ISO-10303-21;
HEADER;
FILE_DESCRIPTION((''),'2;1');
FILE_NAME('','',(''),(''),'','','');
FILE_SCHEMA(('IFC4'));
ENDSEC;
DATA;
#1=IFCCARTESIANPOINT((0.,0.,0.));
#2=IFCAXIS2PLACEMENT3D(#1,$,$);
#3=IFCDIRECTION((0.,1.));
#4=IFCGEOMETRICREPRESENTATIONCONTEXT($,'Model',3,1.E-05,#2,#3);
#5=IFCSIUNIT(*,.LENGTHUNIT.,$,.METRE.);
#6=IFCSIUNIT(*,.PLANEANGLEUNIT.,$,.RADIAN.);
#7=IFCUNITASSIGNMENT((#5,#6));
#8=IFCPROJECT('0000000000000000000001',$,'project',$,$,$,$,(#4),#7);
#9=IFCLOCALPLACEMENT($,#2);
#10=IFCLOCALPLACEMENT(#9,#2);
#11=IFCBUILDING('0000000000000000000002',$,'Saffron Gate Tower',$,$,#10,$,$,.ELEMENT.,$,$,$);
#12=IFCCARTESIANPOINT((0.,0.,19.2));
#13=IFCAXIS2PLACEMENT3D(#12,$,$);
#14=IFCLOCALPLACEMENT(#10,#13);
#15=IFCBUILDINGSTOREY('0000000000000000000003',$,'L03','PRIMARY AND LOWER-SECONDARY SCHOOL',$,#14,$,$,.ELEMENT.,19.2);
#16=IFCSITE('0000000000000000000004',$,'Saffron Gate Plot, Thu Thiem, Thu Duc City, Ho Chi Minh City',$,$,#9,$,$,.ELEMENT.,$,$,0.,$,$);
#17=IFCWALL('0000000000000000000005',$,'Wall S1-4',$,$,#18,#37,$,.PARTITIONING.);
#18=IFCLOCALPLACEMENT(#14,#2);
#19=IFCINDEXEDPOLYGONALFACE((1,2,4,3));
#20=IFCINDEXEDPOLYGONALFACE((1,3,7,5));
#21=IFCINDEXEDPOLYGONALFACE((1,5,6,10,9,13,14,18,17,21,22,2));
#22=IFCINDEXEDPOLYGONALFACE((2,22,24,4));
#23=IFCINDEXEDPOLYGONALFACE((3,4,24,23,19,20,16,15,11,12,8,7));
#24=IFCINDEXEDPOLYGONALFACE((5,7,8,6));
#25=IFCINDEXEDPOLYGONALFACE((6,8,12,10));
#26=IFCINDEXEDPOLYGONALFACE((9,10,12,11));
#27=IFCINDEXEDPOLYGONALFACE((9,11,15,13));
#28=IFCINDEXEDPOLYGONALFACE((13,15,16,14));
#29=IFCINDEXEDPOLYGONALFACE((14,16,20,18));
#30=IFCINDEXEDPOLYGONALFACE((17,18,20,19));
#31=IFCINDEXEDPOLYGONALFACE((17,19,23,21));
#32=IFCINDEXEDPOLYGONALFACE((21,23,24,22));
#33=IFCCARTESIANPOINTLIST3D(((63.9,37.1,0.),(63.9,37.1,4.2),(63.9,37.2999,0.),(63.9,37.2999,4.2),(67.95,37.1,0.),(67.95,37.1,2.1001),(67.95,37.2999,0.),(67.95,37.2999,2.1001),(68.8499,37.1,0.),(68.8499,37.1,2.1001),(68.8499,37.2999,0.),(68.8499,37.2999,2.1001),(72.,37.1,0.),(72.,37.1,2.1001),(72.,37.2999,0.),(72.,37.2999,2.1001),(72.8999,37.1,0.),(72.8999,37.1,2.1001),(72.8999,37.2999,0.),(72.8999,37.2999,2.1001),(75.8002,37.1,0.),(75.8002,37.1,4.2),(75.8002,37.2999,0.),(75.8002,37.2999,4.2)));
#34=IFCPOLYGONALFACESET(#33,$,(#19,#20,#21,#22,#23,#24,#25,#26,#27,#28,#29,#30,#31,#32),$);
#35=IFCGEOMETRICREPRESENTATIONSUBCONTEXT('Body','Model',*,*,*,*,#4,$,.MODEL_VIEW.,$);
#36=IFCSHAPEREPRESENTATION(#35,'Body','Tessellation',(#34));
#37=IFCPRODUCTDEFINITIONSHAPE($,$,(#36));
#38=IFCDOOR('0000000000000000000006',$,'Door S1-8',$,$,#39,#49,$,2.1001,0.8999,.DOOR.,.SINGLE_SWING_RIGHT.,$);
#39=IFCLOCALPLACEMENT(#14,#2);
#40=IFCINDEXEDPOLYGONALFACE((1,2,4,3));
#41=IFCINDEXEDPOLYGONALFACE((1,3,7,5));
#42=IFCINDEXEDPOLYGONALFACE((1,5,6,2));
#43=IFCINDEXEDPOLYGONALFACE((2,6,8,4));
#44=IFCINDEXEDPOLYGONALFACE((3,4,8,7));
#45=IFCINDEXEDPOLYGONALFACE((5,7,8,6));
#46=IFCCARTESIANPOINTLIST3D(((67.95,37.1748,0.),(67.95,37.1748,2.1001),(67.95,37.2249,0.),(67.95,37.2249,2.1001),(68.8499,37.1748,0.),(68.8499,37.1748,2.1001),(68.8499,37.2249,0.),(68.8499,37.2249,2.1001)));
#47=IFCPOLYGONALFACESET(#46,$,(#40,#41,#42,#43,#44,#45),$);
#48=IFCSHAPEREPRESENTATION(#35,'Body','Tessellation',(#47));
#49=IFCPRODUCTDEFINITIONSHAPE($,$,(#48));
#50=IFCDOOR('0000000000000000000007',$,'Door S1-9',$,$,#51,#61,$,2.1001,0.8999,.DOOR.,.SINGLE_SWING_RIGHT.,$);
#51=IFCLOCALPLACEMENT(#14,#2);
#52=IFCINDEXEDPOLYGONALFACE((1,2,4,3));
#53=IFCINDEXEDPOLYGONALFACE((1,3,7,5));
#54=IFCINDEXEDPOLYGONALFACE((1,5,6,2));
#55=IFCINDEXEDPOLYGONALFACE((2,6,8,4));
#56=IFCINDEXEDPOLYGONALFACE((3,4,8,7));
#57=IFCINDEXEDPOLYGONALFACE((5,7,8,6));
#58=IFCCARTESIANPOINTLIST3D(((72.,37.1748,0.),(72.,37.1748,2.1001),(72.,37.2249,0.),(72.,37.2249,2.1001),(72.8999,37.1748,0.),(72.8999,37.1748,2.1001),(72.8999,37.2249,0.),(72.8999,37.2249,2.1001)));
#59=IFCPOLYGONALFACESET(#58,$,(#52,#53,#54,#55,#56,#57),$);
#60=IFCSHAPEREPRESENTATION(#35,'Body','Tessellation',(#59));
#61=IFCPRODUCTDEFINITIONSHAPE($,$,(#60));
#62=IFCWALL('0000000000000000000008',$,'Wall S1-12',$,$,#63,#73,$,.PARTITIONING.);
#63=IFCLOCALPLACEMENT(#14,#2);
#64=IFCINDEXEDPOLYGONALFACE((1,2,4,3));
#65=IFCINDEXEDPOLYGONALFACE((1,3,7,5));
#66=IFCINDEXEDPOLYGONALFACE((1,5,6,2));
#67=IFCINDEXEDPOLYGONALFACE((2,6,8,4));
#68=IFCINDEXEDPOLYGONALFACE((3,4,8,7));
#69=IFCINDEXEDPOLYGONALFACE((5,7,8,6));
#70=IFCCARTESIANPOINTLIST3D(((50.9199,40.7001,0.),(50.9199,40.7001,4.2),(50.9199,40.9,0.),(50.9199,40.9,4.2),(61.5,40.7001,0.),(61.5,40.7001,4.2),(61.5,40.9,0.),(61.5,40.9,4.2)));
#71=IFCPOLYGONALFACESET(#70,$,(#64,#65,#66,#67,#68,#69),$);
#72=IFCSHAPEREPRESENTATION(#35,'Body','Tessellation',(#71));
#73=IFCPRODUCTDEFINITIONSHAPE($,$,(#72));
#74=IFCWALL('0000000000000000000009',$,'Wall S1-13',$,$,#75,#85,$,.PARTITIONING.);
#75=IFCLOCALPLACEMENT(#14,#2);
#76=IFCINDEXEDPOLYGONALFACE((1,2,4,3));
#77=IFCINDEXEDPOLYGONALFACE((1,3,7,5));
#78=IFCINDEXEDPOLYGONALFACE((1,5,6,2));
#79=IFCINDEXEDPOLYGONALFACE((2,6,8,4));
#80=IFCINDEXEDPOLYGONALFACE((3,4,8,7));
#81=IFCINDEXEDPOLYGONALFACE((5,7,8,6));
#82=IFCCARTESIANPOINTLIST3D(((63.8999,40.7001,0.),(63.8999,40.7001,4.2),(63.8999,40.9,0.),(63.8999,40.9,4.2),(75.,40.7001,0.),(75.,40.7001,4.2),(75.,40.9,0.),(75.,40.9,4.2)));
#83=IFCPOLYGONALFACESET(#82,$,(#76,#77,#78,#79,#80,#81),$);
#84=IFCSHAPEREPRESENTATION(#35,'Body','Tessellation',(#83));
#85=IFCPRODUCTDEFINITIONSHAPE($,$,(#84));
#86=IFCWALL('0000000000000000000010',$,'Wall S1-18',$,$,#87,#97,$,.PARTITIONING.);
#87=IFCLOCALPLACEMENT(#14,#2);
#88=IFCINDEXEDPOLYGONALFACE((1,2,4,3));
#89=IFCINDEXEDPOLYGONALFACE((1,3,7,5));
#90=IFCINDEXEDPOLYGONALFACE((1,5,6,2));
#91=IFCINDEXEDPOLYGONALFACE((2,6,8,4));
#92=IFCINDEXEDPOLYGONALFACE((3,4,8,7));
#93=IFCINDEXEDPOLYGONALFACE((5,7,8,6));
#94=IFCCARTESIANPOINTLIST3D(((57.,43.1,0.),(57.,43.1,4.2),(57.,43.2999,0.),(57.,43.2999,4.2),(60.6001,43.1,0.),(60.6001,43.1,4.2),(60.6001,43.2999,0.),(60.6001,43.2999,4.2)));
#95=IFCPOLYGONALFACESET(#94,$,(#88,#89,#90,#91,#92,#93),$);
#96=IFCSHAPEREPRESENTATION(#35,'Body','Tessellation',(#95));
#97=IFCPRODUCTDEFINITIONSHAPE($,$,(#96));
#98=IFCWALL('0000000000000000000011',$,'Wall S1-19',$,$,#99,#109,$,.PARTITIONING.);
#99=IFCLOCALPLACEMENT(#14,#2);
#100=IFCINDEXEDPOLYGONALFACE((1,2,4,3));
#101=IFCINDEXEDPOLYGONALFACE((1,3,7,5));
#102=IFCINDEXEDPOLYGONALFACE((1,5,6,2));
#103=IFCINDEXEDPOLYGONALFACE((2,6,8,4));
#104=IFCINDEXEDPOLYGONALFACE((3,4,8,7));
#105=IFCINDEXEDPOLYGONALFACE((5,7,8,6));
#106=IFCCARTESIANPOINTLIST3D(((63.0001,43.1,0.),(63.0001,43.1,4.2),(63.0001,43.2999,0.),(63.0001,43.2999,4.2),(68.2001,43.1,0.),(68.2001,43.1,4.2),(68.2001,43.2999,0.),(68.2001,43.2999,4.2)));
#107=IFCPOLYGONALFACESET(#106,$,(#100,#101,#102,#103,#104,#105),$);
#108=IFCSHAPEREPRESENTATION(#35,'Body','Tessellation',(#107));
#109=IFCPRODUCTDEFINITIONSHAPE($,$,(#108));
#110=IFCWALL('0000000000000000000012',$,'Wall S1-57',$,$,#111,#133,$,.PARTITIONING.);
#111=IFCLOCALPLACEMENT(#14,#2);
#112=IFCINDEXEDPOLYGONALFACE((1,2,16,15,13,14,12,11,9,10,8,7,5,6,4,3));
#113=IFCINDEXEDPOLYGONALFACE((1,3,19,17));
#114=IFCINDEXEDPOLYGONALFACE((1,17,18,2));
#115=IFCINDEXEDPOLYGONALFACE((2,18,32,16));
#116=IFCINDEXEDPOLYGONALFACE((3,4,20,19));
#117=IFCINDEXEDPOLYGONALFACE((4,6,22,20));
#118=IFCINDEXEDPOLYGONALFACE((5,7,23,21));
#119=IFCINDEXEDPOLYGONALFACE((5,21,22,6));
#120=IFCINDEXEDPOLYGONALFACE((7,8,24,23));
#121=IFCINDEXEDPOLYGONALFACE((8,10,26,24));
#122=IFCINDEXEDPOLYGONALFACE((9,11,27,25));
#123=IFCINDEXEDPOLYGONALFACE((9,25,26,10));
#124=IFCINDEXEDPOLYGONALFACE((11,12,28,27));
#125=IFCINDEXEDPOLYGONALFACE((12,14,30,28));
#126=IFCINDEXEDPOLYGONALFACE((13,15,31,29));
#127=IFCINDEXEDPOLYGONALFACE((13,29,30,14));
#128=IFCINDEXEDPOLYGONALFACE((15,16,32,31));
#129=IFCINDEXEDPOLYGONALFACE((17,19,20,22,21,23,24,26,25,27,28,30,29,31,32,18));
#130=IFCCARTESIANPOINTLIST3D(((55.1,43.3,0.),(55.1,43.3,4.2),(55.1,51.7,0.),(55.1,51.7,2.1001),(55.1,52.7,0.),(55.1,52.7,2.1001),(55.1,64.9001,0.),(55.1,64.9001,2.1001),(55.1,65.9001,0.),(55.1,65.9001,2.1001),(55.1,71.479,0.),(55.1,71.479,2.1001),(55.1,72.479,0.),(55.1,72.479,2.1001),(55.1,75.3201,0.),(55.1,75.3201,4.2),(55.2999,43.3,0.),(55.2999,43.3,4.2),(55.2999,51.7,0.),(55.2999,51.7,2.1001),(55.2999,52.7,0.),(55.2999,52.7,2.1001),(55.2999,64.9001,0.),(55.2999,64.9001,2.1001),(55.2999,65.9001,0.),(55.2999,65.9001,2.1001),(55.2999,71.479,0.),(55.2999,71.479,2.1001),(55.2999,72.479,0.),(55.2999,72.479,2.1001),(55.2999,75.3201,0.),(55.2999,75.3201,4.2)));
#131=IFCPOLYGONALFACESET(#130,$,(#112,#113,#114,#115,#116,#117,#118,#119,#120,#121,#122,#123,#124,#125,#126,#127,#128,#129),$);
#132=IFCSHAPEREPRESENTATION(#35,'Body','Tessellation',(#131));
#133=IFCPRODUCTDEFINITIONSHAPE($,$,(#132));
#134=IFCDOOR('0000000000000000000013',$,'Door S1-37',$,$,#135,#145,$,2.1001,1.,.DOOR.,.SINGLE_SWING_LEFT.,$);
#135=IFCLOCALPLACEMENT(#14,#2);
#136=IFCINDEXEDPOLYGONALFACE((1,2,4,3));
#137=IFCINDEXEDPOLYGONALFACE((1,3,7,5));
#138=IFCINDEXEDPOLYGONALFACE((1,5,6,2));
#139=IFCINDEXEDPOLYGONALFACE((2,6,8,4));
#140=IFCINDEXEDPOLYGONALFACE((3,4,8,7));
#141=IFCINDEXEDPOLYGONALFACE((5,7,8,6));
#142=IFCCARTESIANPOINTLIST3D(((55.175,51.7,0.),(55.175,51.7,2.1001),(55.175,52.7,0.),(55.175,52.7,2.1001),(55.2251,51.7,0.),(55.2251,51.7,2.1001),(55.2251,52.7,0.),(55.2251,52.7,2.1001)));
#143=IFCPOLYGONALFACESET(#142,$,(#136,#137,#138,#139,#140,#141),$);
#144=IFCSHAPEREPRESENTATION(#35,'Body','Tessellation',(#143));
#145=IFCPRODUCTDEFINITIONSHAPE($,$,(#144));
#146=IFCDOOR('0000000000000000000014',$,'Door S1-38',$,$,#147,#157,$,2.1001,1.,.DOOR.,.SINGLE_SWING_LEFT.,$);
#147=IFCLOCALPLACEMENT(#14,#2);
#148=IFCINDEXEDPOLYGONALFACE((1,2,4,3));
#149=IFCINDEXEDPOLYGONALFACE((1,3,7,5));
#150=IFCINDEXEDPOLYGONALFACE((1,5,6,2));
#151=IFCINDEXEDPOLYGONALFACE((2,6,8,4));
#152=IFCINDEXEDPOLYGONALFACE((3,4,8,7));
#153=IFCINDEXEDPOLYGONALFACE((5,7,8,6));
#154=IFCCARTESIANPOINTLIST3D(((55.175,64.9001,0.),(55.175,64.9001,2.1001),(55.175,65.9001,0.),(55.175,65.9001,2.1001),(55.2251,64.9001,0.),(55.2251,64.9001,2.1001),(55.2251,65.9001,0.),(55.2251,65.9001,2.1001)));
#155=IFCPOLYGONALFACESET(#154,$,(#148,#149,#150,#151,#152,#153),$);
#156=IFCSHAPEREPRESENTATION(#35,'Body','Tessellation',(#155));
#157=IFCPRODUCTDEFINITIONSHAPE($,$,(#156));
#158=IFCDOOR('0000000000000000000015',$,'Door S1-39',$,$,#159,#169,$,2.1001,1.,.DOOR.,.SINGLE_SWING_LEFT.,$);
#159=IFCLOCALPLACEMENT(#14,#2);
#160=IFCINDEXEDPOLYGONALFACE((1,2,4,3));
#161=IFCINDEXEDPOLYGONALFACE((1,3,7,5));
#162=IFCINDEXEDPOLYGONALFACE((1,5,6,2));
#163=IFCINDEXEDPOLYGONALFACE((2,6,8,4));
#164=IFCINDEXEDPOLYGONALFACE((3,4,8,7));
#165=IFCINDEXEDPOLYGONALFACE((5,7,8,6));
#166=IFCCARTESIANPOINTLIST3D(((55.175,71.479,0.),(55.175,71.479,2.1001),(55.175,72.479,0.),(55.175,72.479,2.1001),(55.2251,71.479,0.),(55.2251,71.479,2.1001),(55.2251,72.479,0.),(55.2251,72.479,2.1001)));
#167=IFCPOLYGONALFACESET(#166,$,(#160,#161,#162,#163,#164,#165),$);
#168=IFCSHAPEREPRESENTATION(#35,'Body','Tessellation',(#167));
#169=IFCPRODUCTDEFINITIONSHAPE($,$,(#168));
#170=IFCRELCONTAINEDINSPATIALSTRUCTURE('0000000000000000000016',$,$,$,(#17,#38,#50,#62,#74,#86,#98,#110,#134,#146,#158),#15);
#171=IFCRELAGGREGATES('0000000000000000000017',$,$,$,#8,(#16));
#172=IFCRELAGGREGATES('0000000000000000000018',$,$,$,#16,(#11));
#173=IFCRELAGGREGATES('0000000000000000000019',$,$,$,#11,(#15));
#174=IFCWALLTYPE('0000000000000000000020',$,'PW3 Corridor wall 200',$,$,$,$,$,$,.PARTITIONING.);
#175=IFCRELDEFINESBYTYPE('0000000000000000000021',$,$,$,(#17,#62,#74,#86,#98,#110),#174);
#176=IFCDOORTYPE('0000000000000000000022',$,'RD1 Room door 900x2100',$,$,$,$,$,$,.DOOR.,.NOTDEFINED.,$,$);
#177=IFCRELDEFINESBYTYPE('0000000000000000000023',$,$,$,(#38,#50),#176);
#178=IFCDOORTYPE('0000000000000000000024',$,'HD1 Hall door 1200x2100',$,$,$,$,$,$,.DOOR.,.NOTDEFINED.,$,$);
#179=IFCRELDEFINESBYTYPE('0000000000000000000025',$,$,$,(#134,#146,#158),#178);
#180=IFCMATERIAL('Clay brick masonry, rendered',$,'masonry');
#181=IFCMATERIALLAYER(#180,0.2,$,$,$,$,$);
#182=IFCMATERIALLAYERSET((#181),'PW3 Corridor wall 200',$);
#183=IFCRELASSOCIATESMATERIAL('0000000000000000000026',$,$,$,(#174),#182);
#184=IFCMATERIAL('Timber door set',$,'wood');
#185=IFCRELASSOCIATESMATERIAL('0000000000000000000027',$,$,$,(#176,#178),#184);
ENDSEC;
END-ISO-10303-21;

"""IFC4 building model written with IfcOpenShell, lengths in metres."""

from ifc_helpers import new_model, si_unit, direction, frame, frame_2d, origin, place, context, subcontext, project, spatial, rectangle, extrude, material, layer, layer_set, type_object, element, fill, save


model = new_model("IFC4")

# Units and contexts
model_context = context("Model", 3, precision=1e-05, world=origin(), true_north=direction((0.0, 1.0)))
body_context = subcontext(model_context, "Body", "Model", "MODEL_VIEW")
ifc_project = project(units=[si_unit("LENGTHUNIT", "METRE"), si_unit("PLANEANGLEUNIT", "RADIAN")], contexts=[model_context])

# Site, building, storey
site_placement = place(None, origin())
site = spatial("IfcSite", under=ifc_project, at=site_placement, Name="Saffron Gate Plot, Thu Thiem, Thu Duc City, Ho Chi Minh City", CompositionType="ELEMENT", RefElevation=0.0)
building_placement = place(site_placement, origin())
building = spatial("IfcBuilding", under=site, at=building_placement, Name="Saffron Gate Tower", CompositionType="ELEMENT")
storey_placement = place(building_placement, frame((0.0, 0.0, 19.2)))
storey = spatial("IfcBuildingStorey", under=building, at=storey_placement, Name="L03", Description="PRIMARY AND LOWER-SECONDARY SCHOOL", CompositionType="ELEMENT", Elevation=19.2)

# Wall, openings, doors
ifc_material_1 = material(Name="Clay brick masonry, rendered", Category="masonry")
ifc_layer_1 = layer(ifc_material_1, 0.2)
ifc_layer_set_1 = layer_set([ifc_layer_1], Name="PW3 Corridor wall 200")
wall_type = type_object("IfcWallType", Name="PW3 Corridor wall 200", PredefinedType="PARTITIONING", material=ifc_layer_set_1)
wall_1_placement = place(storey_placement, frame((63.8999, 37.2, 0.0), z_axis=(0.0, 0.0, 1.0), x_axis=(1.0, 0.0, 0.0)))
wall_1 = element("IfcWall", 1, at=wall_1_placement, inside=storey, type_object=wall_type, Name="Wall S1-4", PredefinedType="PARTITIONING", context=body_context, shape_type="SweptSolid", body=[
    extrude(rectangle(XDim=11.9001, YDim=0.2, at=frame_2d((5.9502, 0.0))), origin(), (0.0, 0.0, 1.0), 4.2),
])
opening_1_placement = place(wall_1_placement, frame((4.05, 0.0, 0.0)))
opening_1 = element("IfcOpeningElement", 2, at=opening_1_placement, cuts=wall_1, PredefinedType="OPENING", context=body_context, shape_type="SweptSolid", body=[
    extrude(rectangle(XDim=0.8999, YDim=2.1001, at=frame_2d((0.45, 1.05))), frame((0.0, 0.1099, 0.0), z_axis=(0.0, -1.0, 0.0), x_axis=(1.0, 0.0, 0.0)), (0.0, 0.0, 1.0), 0.22),
])
opening_2_placement = place(wall_1_placement, frame((8.1001, 0.0, 0.0)))
opening_2 = element("IfcOpeningElement", 3, at=opening_2_placement, cuts=wall_1, PredefinedType="OPENING", context=body_context, shape_type="SweptSolid", body=[
    extrude(rectangle(XDim=0.8999, YDim=2.1001, at=frame_2d((0.45, 1.05))), frame((0.0, 0.1099, 0.0), z_axis=(0.0, -1.0, 0.0), x_axis=(1.0, 0.0, 0.0)), (0.0, 0.0, 1.0), 0.22),
])
ifc_material_2 = material(Name="Timber door set", Category="wood")
door_type_1 = type_object("IfcDoorType", Name="RD1 Room door 900x2100", OperationType="NOTDEFINED", PredefinedType="DOOR", material=ifc_material_2)
door_1_placement = place(opening_1_placement, origin())
door_1 = element("IfcDoor", 4, at=door_1_placement, inside=storey, type_object=door_type_1, Name="Door S1-8", OperationType="SINGLE_SWING_RIGHT", OverallHeight=2.1001, OverallWidth=0.8999, PredefinedType="DOOR", context=body_context, shape_type="SweptSolid", body=[
    extrude(rectangle(XDim=0.8999, YDim=2.1001, at=frame_2d((0.45, 1.05))), frame((0.0, 0.0249, 0.0), z_axis=(0.0, -1.0, 0.0), x_axis=(1.0, 0.0, 0.0)), (0.0, 0.0, 1.0), 0.05),
])
fill(opening_1, door_1)
door_2_placement = place(opening_2_placement, origin())
door_2 = element("IfcDoor", 5, at=door_2_placement, inside=storey, type_object=door_type_1, Name="Door S1-9", OperationType="SINGLE_SWING_RIGHT", OverallHeight=2.1001, OverallWidth=0.8999, PredefinedType="DOOR", context=body_context, shape_type="SweptSolid", body=[
    extrude(rectangle(XDim=0.8999, YDim=2.1001, at=frame_2d((0.45, 1.05))), frame((0.0, 0.0249, 0.0), z_axis=(0.0, -1.0, 0.0), x_axis=(1.0, 0.0, 0.0)), (0.0, 0.0, 1.0), 0.05),
])
fill(opening_2, door_2)

# Walls
wall_2_placement = place(storey_placement, frame((50.9199, 40.8, 0.0), z_axis=(0.0, 0.0, 1.0), x_axis=(1.0, 0.0, 0.0)))
element("IfcWall", 6, at=wall_2_placement, inside=storey, type_object=wall_type, Name="Wall S1-12", PredefinedType="PARTITIONING", context=body_context, shape_type="SweptSolid", body=[
    extrude(rectangle(XDim=10.5801, YDim=0.2, at=frame_2d((5.29, 0.0))), origin(), (0.0, 0.0, 1.0), 4.2),
])
wall_3_placement = place(storey_placement, frame((63.8999, 40.8, 0.0), z_axis=(0.0, 0.0, 1.0), x_axis=(1.0, 0.0, 0.0)))
element("IfcWall", 7, at=wall_3_placement, inside=storey, type_object=wall_type, Name="Wall S1-13", PredefinedType="PARTITIONING", context=body_context, shape_type="SweptSolid", body=[
    extrude(rectangle(XDim=11.1001, YDim=0.2, at=frame_2d((5.55, 0.0))), origin(), (0.0, 0.0, 1.0), 4.2),
])
wall_4_placement = place(storey_placement, frame((57.0, 43.2, 0.0), z_axis=(0.0, 0.0, 1.0), x_axis=(1.0, 0.0, 0.0)))
element("IfcWall", 8, at=wall_4_placement, inside=storey, type_object=wall_type, Name="Wall S1-18", PredefinedType="PARTITIONING", context=body_context, shape_type="SweptSolid", body=[
    extrude(rectangle(XDim=3.6001, YDim=0.2, at=frame_2d((1.8, 0.0))), origin(), (0.0, 0.0, 1.0), 4.2),
])
wall_5_placement = place(storey_placement, frame((63.0, 43.2, 0.0), z_axis=(0.0, 0.0, 1.0), x_axis=(1.0, 0.0, 0.0)))
element("IfcWall", 9, at=wall_5_placement, inside=storey, type_object=wall_type, Name="Wall S1-19", PredefinedType="PARTITIONING", context=body_context, shape_type="SweptSolid", body=[
    extrude(rectangle(XDim=5.2, YDim=0.2, at=frame_2d((2.6001, 0.0))), origin(), (0.0, 0.0, 1.0), 4.2),
])

# Wall, openings, doors
wall_6_placement = place(storey_placement, frame((55.2, 43.3, 0.0), z_axis=(0.0, 0.0, 1.0), x_axis=(0.0, 1.0, 0.0)))
wall_6 = element("IfcWall", 10, at=wall_6_placement, inside=storey, type_object=wall_type, Name="Wall S1-57", PredefinedType="PARTITIONING", context=body_context, shape_type="SweptSolid", body=[
    extrude(rectangle(XDim=32.02, YDim=0.2, at=frame_2d((16.01, 0.0))), origin(), (0.0, 0.0, 1.0), 4.2),
])
opening_3_placement = place(wall_6_placement, frame((8.3999, 0.0, 0.0)))
opening_3 = element("IfcOpeningElement", 11, at=opening_3_placement, cuts=wall_6, PredefinedType="OPENING", context=body_context, shape_type="SweptSolid", body=[
    extrude(rectangle(XDim=1.0, YDim=2.1001, at=frame_2d((0.5, 1.05))), frame((0.0, 0.1099, 0.0), z_axis=(0.0, -1.0, 0.0), x_axis=(1.0, 0.0, 0.0)), (0.0, 0.0, 1.0), 0.22),
])
opening_4_placement = place(wall_6_placement, frame((21.6001, 0.0, 0.0)))
opening_4 = element("IfcOpeningElement", 12, at=opening_4_placement, cuts=wall_6, PredefinedType="OPENING", context=body_context, shape_type="SweptSolid", body=[
    extrude(rectangle(XDim=1.0, YDim=2.1001, at=frame_2d((0.5, 1.05))), frame((0.0, 0.1099, 0.0), z_axis=(0.0, -1.0, 0.0), x_axis=(1.0, 0.0, 0.0)), (0.0, 0.0, 1.0), 0.22),
])
opening_5_placement = place(wall_6_placement, frame((28.179, 0.0, 0.0)))
opening_5 = element("IfcOpeningElement", 13, at=opening_5_placement, cuts=wall_6, PredefinedType="OPENING", context=body_context, shape_type="SweptSolid", body=[
    extrude(rectangle(XDim=1.0, YDim=2.1001, at=frame_2d((0.5, 1.05))), frame((0.0, 0.1099, 0.0), z_axis=(0.0, -1.0, 0.0), x_axis=(1.0, 0.0, 0.0)), (0.0, 0.0, 1.0), 0.22),
])
door_type_2 = type_object("IfcDoorType", Name="HD1 Hall door 1200x2100", OperationType="NOTDEFINED", PredefinedType="DOOR", material=ifc_material_2)
door_3_placement = place(opening_3_placement, origin())
door_3 = element("IfcDoor", 14, at=door_3_placement, inside=storey, type_object=door_type_2, Name="Door S1-37", OperationType="SINGLE_SWING_LEFT", OverallHeight=2.1001, OverallWidth=1.0, PredefinedType="DOOR", context=body_context, shape_type="SweptSolid", body=[
    extrude(rectangle(XDim=1.0, YDim=2.1001, at=frame_2d((0.5, 1.05))), frame((0.0, 0.0249, 0.0), z_axis=(0.0, -1.0, 0.0), x_axis=(1.0, 0.0, 0.0)), (0.0, 0.0, 1.0), 0.05),
])
fill(opening_3, door_3)
door_4_placement = place(opening_4_placement, origin())
door_4 = element("IfcDoor", 15, at=door_4_placement, inside=storey, type_object=door_type_2, Name="Door S1-38", OperationType="SINGLE_SWING_LEFT", OverallHeight=2.1001, OverallWidth=1.0, PredefinedType="DOOR", context=body_context, shape_type="SweptSolid", body=[
    extrude(rectangle(XDim=1.0, YDim=2.1001, at=frame_2d((0.5, 1.05))), frame((0.0, 0.0249, 0.0), z_axis=(0.0, -1.0, 0.0), x_axis=(1.0, 0.0, 0.0)), (0.0, 0.0, 1.0), 0.05),
])
fill(opening_4, door_4)
door_5_placement = place(opening_5_placement, origin())
door_5 = element("IfcDoor", 16, at=door_5_placement, inside=storey, type_object=door_type_2, Name="Door S1-39", OperationType="SINGLE_SWING_LEFT", OverallHeight=2.1001, OverallWidth=1.0, PredefinedType="DOOR", context=body_context, shape_type="SweptSolid", body=[
    extrude(rectangle(XDim=1.0, YDim=2.1001, at=frame_2d((0.5, 1.05))), frame((0.0, 0.0249, 0.0), z_axis=(0.0, -1.0, 0.0), x_axis=(1.0, 0.0, 0.0)), (0.0, 0.0, 1.0), 0.05),
])
fill(opening_5, door_5)

save(model, "model.ifc")
